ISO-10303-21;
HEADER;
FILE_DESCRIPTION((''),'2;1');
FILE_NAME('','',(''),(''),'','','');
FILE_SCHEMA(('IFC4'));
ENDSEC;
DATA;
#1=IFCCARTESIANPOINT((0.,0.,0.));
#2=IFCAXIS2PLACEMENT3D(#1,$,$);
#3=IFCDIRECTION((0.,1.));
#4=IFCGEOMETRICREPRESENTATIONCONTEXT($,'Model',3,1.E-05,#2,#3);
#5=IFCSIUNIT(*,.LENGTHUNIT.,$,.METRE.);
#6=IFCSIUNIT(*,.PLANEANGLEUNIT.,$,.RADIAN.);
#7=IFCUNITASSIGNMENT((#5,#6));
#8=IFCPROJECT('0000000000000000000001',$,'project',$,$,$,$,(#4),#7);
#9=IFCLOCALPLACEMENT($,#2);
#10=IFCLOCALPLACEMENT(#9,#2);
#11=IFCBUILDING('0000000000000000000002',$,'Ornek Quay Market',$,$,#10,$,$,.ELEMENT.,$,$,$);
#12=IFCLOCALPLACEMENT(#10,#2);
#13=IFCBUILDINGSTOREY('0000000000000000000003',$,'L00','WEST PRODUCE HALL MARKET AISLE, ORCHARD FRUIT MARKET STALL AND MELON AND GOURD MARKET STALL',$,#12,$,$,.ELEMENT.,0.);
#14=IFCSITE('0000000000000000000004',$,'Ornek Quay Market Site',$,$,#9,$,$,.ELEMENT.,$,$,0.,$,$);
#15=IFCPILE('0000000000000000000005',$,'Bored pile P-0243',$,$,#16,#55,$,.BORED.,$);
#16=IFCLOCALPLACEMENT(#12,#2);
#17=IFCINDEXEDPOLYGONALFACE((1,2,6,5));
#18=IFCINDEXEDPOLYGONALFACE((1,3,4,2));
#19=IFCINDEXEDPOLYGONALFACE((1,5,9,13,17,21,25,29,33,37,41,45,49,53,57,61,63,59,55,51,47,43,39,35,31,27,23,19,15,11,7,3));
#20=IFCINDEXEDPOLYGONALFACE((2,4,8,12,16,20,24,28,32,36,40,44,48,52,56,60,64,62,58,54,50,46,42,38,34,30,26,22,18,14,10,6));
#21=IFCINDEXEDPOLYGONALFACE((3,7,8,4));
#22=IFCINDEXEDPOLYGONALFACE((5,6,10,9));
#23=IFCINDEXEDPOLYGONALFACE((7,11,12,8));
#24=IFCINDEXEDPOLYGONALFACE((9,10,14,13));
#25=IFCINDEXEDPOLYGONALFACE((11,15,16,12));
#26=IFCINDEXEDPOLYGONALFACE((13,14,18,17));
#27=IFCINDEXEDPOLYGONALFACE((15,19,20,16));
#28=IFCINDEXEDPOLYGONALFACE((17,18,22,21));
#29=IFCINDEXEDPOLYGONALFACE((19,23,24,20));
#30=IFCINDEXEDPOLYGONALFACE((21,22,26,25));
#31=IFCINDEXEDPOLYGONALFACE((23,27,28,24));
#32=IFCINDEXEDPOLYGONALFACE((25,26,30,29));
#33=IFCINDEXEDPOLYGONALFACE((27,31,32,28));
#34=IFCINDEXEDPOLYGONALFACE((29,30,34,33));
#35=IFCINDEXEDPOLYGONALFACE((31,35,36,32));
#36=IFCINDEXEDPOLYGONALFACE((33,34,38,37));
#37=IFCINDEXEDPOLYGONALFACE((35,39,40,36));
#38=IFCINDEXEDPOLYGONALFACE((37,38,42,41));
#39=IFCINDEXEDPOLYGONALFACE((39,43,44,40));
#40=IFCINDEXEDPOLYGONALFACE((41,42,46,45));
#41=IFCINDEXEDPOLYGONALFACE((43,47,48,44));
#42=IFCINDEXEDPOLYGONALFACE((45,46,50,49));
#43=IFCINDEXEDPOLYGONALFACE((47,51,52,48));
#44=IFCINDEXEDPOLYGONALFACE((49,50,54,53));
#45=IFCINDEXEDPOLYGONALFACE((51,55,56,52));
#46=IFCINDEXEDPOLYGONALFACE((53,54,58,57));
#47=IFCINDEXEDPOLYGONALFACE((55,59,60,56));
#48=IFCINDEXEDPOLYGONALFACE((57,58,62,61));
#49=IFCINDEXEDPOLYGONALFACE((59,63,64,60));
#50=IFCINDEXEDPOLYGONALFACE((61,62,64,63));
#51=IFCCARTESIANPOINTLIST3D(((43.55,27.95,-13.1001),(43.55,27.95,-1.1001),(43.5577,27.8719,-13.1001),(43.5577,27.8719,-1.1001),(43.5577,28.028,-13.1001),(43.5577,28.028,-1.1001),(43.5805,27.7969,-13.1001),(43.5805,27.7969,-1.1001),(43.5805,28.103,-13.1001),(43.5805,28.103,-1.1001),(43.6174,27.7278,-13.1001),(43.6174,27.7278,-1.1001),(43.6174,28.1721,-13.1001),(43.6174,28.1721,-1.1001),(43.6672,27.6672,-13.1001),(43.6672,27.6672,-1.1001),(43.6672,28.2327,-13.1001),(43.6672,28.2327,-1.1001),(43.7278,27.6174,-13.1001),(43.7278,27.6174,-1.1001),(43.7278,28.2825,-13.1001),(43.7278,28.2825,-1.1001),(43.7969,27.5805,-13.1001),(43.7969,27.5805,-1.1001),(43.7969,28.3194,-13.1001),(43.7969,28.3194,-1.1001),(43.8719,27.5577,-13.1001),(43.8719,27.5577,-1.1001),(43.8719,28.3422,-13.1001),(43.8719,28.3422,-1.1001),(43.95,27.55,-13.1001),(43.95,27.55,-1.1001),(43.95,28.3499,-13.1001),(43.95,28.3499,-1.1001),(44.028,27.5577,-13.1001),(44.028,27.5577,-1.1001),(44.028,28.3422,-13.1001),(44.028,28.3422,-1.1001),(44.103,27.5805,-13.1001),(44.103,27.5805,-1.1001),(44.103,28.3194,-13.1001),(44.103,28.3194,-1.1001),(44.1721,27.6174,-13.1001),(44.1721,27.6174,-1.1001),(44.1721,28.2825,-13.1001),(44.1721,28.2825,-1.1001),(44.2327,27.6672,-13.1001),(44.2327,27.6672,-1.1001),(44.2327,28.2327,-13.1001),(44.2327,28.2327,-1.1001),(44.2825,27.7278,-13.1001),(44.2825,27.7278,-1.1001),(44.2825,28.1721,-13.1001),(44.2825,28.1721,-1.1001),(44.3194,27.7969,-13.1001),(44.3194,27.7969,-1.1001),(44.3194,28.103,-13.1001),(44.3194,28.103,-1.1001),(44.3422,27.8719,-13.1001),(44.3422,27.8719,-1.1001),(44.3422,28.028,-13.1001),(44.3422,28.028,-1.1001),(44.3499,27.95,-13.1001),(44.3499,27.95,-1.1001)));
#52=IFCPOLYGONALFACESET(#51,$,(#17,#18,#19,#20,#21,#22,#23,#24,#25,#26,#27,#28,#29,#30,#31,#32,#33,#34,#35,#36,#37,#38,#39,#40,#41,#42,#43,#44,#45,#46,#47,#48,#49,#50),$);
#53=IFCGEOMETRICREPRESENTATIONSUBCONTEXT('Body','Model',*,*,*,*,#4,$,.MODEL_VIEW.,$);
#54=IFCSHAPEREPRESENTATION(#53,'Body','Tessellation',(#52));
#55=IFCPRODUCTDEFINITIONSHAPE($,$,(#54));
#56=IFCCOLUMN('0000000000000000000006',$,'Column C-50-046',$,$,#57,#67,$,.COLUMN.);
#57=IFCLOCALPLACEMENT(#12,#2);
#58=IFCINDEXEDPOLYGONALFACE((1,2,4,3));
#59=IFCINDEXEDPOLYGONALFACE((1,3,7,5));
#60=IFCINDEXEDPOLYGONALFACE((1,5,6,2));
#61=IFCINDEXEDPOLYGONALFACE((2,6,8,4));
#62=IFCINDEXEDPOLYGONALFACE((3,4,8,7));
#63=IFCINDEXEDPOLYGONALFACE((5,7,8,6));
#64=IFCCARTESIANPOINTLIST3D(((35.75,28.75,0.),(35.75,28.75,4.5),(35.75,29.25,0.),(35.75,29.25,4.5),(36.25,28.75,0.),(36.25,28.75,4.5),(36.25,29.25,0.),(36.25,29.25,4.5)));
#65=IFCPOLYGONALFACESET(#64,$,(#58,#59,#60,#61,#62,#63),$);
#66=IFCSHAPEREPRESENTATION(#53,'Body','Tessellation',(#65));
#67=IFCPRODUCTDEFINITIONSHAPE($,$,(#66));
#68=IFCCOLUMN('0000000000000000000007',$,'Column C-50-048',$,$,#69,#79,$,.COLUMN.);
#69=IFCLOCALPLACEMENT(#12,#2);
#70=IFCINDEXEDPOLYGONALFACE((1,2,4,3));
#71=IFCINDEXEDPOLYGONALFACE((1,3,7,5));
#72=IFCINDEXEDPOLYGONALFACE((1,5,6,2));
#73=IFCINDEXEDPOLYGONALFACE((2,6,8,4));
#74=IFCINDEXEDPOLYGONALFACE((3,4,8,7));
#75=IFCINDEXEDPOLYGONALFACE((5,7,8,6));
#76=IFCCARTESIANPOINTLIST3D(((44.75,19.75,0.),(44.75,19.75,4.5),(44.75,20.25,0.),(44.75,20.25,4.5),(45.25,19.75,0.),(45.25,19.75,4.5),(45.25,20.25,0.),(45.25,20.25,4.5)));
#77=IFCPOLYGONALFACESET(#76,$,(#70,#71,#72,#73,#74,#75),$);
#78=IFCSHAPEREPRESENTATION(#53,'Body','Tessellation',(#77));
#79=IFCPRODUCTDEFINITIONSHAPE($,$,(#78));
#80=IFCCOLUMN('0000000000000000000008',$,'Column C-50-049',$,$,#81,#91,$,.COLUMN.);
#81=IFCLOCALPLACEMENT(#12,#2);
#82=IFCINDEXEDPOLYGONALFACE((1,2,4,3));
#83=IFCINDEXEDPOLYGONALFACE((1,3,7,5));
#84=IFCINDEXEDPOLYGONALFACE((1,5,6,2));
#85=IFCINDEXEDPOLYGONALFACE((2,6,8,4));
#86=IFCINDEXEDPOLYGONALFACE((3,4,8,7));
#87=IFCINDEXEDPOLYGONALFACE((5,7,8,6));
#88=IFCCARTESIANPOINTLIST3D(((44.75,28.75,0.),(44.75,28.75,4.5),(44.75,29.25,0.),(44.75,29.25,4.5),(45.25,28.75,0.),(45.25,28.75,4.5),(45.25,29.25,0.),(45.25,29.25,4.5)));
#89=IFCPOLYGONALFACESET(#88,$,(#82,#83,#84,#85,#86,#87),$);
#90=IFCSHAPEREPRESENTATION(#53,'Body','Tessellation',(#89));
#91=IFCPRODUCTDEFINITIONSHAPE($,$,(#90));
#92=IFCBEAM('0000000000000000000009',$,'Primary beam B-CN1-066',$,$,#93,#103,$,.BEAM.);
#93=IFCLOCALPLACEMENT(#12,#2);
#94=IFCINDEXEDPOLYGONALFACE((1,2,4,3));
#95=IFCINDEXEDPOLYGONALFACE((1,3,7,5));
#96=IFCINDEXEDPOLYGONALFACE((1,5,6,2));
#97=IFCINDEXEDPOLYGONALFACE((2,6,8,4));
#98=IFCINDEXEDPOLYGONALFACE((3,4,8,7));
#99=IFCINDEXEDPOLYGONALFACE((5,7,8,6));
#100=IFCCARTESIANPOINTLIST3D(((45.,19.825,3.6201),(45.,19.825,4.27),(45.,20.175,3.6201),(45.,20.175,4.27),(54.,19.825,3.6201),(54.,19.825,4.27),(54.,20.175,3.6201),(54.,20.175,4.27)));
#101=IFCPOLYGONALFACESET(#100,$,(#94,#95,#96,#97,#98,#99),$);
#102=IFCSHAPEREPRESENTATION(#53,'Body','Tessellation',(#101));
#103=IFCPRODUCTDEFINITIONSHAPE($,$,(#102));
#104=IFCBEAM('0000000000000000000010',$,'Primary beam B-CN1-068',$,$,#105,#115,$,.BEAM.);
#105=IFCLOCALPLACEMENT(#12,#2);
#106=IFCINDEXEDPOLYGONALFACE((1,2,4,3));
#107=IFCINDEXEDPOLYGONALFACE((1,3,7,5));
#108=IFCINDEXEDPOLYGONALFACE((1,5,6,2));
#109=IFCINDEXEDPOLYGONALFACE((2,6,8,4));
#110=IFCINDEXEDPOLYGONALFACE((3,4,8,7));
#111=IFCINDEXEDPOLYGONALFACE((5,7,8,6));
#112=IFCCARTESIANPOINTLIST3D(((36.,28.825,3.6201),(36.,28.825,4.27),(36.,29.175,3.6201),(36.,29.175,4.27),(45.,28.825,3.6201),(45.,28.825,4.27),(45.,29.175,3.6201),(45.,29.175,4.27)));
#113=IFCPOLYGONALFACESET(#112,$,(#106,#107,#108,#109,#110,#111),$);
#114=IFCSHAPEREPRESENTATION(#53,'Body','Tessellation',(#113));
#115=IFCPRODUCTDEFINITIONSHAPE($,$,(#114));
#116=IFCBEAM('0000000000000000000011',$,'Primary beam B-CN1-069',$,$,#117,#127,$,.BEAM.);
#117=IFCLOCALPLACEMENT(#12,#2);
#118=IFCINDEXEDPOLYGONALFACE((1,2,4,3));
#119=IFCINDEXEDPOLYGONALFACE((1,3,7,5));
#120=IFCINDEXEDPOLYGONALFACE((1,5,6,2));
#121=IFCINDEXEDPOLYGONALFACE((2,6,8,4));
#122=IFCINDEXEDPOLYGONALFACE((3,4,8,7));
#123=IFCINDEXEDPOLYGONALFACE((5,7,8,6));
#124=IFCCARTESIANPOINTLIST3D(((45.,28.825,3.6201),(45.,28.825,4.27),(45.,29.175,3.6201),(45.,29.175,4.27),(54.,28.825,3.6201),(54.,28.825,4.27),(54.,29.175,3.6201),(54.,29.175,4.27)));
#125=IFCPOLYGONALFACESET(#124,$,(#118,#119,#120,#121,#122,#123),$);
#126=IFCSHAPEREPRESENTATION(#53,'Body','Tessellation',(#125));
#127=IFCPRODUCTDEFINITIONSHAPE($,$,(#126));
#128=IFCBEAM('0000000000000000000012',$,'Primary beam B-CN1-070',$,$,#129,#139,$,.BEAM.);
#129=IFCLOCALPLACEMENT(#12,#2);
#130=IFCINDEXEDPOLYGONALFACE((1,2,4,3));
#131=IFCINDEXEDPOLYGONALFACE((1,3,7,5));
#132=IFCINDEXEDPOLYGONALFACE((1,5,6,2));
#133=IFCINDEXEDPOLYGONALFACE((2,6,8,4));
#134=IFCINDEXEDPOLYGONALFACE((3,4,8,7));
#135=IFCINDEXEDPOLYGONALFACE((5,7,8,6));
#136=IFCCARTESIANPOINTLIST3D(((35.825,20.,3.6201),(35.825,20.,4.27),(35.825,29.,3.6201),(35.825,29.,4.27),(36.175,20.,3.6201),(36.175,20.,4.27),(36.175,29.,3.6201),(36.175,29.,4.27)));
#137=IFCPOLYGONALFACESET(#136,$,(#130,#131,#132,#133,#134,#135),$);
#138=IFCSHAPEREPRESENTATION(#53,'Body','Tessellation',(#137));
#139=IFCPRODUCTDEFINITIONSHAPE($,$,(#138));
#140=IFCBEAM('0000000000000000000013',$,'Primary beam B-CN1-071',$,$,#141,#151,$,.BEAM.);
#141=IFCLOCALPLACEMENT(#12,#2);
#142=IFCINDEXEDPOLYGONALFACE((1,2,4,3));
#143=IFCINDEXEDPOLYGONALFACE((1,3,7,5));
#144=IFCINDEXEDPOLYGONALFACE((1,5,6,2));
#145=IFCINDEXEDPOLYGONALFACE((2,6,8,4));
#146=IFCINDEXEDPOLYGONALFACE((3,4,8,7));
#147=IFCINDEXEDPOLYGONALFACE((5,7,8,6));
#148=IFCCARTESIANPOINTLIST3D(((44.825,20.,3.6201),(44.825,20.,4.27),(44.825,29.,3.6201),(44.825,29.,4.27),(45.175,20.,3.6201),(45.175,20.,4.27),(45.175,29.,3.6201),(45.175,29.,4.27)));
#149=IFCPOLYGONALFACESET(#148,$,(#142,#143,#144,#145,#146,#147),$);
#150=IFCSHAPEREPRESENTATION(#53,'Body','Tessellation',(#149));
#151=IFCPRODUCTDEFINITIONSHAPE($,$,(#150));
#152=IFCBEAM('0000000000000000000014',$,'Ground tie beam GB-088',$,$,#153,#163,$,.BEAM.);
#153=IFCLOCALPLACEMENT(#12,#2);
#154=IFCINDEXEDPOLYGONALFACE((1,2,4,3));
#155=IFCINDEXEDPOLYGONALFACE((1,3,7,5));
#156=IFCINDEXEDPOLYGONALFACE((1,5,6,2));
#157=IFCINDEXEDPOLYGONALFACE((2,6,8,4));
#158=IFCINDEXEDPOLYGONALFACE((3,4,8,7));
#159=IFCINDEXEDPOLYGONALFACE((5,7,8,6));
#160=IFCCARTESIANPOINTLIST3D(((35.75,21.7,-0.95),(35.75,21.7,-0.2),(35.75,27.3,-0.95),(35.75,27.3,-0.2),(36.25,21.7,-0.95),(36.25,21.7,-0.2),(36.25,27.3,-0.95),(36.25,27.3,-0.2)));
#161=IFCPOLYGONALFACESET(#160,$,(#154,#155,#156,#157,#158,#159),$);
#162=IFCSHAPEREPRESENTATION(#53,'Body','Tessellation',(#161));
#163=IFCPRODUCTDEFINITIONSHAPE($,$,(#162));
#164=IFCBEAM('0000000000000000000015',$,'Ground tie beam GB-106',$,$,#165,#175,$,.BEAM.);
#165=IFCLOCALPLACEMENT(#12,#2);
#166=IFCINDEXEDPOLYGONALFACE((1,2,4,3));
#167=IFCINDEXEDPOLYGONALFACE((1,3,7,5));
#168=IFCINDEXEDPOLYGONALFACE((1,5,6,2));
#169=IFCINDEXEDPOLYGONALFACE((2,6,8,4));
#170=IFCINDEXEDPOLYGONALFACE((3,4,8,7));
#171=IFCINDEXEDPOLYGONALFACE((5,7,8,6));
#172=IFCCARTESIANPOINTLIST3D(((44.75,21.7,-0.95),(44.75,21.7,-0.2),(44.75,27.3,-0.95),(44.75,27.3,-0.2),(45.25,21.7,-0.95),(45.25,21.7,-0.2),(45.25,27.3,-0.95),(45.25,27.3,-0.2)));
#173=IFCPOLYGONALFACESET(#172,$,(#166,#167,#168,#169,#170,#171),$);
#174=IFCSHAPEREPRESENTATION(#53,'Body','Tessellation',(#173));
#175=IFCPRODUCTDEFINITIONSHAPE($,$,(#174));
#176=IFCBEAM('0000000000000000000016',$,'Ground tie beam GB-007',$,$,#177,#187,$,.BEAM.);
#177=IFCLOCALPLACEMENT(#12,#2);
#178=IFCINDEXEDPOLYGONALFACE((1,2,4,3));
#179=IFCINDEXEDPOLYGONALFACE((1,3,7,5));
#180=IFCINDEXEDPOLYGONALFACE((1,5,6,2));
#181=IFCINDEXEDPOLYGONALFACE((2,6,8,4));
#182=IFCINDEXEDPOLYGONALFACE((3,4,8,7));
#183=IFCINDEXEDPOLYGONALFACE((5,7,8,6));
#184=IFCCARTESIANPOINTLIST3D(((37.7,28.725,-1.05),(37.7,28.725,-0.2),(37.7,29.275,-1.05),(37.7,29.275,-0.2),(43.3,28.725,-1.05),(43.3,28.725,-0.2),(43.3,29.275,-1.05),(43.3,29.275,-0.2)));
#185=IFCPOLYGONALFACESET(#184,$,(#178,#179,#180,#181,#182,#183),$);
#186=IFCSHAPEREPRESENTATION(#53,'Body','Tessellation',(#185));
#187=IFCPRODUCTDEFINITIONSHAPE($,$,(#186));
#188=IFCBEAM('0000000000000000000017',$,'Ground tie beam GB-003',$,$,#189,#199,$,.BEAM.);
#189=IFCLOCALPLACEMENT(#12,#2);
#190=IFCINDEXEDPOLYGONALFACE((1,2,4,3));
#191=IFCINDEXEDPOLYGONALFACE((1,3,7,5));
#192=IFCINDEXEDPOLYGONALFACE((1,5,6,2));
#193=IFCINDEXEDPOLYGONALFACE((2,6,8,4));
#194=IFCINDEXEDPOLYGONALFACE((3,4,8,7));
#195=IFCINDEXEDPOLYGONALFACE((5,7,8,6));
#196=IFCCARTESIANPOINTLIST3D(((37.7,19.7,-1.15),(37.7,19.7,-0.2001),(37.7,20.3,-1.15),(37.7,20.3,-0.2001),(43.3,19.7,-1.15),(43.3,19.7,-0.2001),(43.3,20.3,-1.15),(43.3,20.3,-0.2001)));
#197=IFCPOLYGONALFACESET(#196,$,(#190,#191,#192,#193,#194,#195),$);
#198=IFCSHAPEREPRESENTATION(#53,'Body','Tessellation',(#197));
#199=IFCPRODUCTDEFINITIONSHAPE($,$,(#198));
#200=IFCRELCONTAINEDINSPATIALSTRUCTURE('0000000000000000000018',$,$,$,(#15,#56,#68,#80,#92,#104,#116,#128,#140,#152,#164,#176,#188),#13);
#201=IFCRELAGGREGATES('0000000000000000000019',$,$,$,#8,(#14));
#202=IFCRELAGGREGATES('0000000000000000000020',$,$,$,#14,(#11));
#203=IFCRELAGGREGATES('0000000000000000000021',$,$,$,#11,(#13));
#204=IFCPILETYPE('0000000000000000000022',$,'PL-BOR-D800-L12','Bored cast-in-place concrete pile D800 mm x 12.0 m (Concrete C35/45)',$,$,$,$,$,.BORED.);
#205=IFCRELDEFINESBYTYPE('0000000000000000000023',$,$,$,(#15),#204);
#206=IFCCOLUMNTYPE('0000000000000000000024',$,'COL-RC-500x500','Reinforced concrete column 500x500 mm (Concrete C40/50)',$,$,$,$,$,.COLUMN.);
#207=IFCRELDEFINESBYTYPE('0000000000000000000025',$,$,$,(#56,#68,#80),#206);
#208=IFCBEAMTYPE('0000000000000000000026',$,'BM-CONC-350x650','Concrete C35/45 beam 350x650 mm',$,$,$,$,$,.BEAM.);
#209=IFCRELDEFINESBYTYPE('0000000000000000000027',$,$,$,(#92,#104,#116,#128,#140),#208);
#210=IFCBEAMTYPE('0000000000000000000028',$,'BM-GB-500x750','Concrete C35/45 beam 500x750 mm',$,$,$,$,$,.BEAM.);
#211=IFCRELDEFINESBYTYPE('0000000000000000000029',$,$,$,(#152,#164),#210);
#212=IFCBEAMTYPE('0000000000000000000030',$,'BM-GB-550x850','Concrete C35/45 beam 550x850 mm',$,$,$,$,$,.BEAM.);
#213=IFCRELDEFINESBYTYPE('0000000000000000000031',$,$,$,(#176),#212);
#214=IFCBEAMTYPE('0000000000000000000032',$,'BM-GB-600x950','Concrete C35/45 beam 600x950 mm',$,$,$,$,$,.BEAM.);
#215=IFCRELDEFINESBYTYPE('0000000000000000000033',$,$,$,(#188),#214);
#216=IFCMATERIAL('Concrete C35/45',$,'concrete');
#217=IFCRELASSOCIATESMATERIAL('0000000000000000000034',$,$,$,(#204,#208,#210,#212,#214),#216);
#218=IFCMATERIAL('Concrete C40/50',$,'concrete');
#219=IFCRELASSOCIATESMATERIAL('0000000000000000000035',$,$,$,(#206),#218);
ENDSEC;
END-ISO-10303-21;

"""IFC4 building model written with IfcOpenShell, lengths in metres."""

from ifc_helpers import new_model, si_unit, direction, frame, origin, origin_2d, place, context, subcontext, project, spatial, rectangle, circle, extrude, material, material_profile, profile_set, type_object, element, save


model = new_model("IFC4")

# Units and contexts
model_context = context("Model", 3, precision=1e-05, world=origin(), true_north=direction((0.0, 1.0)))
body_context = subcontext(model_context, "Body", "Model", "MODEL_VIEW")
ifc_project = project(units=[si_unit("LENGTHUNIT", "METRE"), si_unit("PLANEANGLEUNIT", "RADIAN")], contexts=[model_context])

# Site, building, storey
site_placement = place(None, origin())
site = spatial("IfcSite", under=ifc_project, at=site_placement, Name="Ornek Quay Market Site", CompositionType="ELEMENT", RefElevation=0.0)
building_placement = place(site_placement, origin())
building = spatial("IfcBuilding", under=site, at=building_placement, Name="Ornek Quay Market", CompositionType="ELEMENT")
storey_placement = place(building_placement, origin())
storey = spatial("IfcBuildingStorey", under=building, at=storey_placement, Name="L00", Description="WEST PRODUCE HALL MARKET AISLE, ORCHARD FRUIT MARKET STALL AND MELON AND GOURD MARKET STALL", CompositionType="ELEMENT", Elevation=0.0)

# Pile
ifc_material_1 = material(Name="Concrete C35/45", Category="concrete")
ifc_material_profile_1 = material_profile(ifc_material_1, circle(Radius=0.3999, at=origin_2d()), Name="PILE D800", Category="concrete")
ifc_profile_set_1 = profile_set([ifc_material_profile_1], Name="Concrete C35/45")
pile_type = type_object("IfcPileType", Name="PL-BOR-D800-L12", Description="Bored cast-in-place concrete pile D800 mm x 12.0 m (Concrete C35/45)", PredefinedType="BORED", material=ifc_profile_set_1)
for number, where, z_axis, x_axis, name in (
    (1, (43.95, 27.95, -1.1001), (0.0, 0.0, -1.0), (1.0, 0.0, 0.0), "Bored pile P-0243"),
):
    element("IfcPile", number, at=place(storey_placement, frame(where, z_axis=z_axis, x_axis=x_axis)), inside=storey, type_object=pile_type, Name=name, PredefinedType="BORED", context=body_context, shape_type="SweptSolid", body=[
        extrude(circle(Radius=0.3999, at=origin_2d()), origin(), (0.0, 0.0, 1.0), 12.0),
    ])

# Columns
ifc_material_2 = material(Name="Concrete C40/50", Category="concrete")
ifc_material_profile_2 = material_profile(ifc_material_2, rectangle(XDim=0.5, YDim=0.5, at=origin_2d()), Name="RC 500x500", Category="concrete")
ifc_profile_set_2 = profile_set([ifc_material_profile_2], Name="Concrete C40/50")
column_type = type_object("IfcColumnType", Name="COL-RC-500x500", Description="Reinforced concrete column 500x500 mm (Concrete C40/50)", PredefinedType="COLUMN", material=ifc_profile_set_2)
for number, where, z_axis, x_axis, name in (
    (2, (36.0, 29.0, 0.0), (0.0, 0.0, 1.0), (1.0, 0.0, 0.0), "Column C-50-046"),
    (3, (45.0, 20.0, 0.0), (0.0, 0.0, 1.0), (1.0, 0.0, 0.0), "Column C-50-048"),
    (4, (45.0, 29.0, 0.0), (0.0, 0.0, 1.0), (1.0, 0.0, 0.0), "Column C-50-049"),
):
    element("IfcColumn", number, at=place(storey_placement, frame(where, z_axis=z_axis, x_axis=x_axis)), inside=storey, type_object=column_type, Name=name, PredefinedType="COLUMN", context=body_context, shape_type="SweptSolid", body=[
        extrude(rectangle(XDim=0.5, YDim=0.5, at=origin_2d()), origin(), (0.0, 0.0, 1.0), 4.5),
    ])

# Beams
ifc_material_profile_3 = material_profile(ifc_material_1, rectangle(XDim=0.3501, YDim=0.6499, at=origin_2d()), Name="RC 350x650", Category="concrete")
ifc_profile_set_3 = profile_set([ifc_material_profile_3], Name="Concrete C35/45")
beam_type_1 = type_object("IfcBeamType", Name="BM-CONC-350x650", Description="Concrete C35/45 beam 350x650 mm", PredefinedType="BEAM", material=ifc_profile_set_3)
for number, where, z_axis, x_axis, name in (
    (5, (45.0, 20.0, 3.9451), (1.0, 0.0, 0.0), (0.0, 1.0, 0.0), "Primary beam B-CN1-066"),
    (6, (36.0, 29.0, 3.9451), (1.0, 0.0, 0.0), (0.0, 1.0, 0.0), "Primary beam B-CN1-068"),
    (7, (45.0, 29.0, 3.9451), (1.0, 0.0, 0.0), (0.0, 1.0, 0.0), "Primary beam B-CN1-069"),
    (8, (36.0, 20.0, 3.9451), (0.0, 1.0, 0.0), (-1.0, 0.0, 0.0), "Primary beam B-CN1-070"),
    (9, (45.0, 20.0, 3.9451), (0.0, 1.0, 0.0), (-1.0, 0.0, 0.0), "Primary beam B-CN1-071"),
):
    element("IfcBeam", number, at=place(storey_placement, frame(where, z_axis=z_axis, x_axis=x_axis)), inside=storey, type_object=beam_type_1, Name=name, PredefinedType="BEAM", context=body_context, shape_type="SweptSolid", body=[
        extrude(rectangle(XDim=0.3501, YDim=0.6499, at=origin_2d()), origin(), (0.0, 0.0, 1.0), 9.0),
    ])
ifc_material_profile_4 = material_profile(ifc_material_1, rectangle(XDim=0.5, YDim=0.75, at=origin_2d()), Name="RC 500x750", Category="concrete")
ifc_profile_set_4 = profile_set([ifc_material_profile_4], Name="Concrete C35/45")
beam_type_2 = type_object("IfcBeamType", Name="BM-GB-500x750", Description="Concrete C35/45 beam 500x750 mm", PredefinedType="BEAM", material=ifc_profile_set_4)
for number, where, z_axis, x_axis, name in (
    (10, (36.0, 21.7, -0.575), (0.0, 1.0, 0.0), (-1.0, 0.0, 0.0), "Ground tie beam GB-088"),
    (11, (45.0, 21.7, -0.575), (0.0, 1.0, 0.0), (-1.0, 0.0, 0.0), "Ground tie beam GB-106"),
):
    element("IfcBeam", number, at=place(storey_placement, frame(where, z_axis=z_axis, x_axis=x_axis)), inside=storey, type_object=beam_type_2, Name=name, PredefinedType="BEAM", context=body_context, shape_type="SweptSolid", body=[
        extrude(rectangle(XDim=0.5, YDim=0.75, at=origin_2d()), origin(), (0.0, 0.0, 1.0), 5.6001),
    ])
ifc_material_profile_5 = material_profile(ifc_material_1, rectangle(XDim=0.55, YDim=0.8501, at=origin_2d()), Name="RC 550x850", Category="concrete")
ifc_profile_set_5 = profile_set([ifc_material_profile_5], Name="Concrete C35/45")
beam_type_3 = type_object("IfcBeamType", Name="BM-GB-550x850", Description="Concrete C35/45 beam 550x850 mm", PredefinedType="BEAM", material=ifc_profile_set_5)
beam_1_placement = place(storey_placement, frame((37.7, 29.0, -0.625), z_axis=(1.0, 0.0, 0.0), x_axis=(0.0, 1.0, 0.0)))
element("IfcBeam", 12, at=beam_1_placement, inside=storey, type_object=beam_type_3, Name="Ground tie beam GB-007", PredefinedType="BEAM", context=body_context, shape_type="SweptSolid", body=[
    extrude(rectangle(XDim=0.55, YDim=0.8501, at=origin_2d()), origin(), (0.0, 0.0, 1.0), 5.6001),
])
ifc_material_profile_6 = material_profile(ifc_material_1, rectangle(XDim=0.6001, YDim=0.95, at=origin_2d()), Name="RC 600x950", Category="concrete")
ifc_profile_set_6 = profile_set([ifc_material_profile_6], Name="Concrete C35/45")
beam_type_4 = type_object("IfcBeamType", Name="BM-GB-600x950", Description="Concrete C35/45 beam 600x950 mm", PredefinedType="BEAM", material=ifc_profile_set_6)
beam_2_placement = place(storey_placement, frame((37.7, 20.0, -0.675), z_axis=(1.0, 0.0, 0.0), x_axis=(0.0, 1.0, 0.0)))
element("IfcBeam", 13, at=beam_2_placement, inside=storey, type_object=beam_type_4, Name="Ground tie beam GB-003", PredefinedType="BEAM", context=body_context, shape_type="SweptSolid", body=[
    extrude(rectangle(XDim=0.6001, YDim=0.95, at=origin_2d()), origin(), (0.0, 0.0, 1.0), 5.6001),
])

save(model, "model.ifc")
